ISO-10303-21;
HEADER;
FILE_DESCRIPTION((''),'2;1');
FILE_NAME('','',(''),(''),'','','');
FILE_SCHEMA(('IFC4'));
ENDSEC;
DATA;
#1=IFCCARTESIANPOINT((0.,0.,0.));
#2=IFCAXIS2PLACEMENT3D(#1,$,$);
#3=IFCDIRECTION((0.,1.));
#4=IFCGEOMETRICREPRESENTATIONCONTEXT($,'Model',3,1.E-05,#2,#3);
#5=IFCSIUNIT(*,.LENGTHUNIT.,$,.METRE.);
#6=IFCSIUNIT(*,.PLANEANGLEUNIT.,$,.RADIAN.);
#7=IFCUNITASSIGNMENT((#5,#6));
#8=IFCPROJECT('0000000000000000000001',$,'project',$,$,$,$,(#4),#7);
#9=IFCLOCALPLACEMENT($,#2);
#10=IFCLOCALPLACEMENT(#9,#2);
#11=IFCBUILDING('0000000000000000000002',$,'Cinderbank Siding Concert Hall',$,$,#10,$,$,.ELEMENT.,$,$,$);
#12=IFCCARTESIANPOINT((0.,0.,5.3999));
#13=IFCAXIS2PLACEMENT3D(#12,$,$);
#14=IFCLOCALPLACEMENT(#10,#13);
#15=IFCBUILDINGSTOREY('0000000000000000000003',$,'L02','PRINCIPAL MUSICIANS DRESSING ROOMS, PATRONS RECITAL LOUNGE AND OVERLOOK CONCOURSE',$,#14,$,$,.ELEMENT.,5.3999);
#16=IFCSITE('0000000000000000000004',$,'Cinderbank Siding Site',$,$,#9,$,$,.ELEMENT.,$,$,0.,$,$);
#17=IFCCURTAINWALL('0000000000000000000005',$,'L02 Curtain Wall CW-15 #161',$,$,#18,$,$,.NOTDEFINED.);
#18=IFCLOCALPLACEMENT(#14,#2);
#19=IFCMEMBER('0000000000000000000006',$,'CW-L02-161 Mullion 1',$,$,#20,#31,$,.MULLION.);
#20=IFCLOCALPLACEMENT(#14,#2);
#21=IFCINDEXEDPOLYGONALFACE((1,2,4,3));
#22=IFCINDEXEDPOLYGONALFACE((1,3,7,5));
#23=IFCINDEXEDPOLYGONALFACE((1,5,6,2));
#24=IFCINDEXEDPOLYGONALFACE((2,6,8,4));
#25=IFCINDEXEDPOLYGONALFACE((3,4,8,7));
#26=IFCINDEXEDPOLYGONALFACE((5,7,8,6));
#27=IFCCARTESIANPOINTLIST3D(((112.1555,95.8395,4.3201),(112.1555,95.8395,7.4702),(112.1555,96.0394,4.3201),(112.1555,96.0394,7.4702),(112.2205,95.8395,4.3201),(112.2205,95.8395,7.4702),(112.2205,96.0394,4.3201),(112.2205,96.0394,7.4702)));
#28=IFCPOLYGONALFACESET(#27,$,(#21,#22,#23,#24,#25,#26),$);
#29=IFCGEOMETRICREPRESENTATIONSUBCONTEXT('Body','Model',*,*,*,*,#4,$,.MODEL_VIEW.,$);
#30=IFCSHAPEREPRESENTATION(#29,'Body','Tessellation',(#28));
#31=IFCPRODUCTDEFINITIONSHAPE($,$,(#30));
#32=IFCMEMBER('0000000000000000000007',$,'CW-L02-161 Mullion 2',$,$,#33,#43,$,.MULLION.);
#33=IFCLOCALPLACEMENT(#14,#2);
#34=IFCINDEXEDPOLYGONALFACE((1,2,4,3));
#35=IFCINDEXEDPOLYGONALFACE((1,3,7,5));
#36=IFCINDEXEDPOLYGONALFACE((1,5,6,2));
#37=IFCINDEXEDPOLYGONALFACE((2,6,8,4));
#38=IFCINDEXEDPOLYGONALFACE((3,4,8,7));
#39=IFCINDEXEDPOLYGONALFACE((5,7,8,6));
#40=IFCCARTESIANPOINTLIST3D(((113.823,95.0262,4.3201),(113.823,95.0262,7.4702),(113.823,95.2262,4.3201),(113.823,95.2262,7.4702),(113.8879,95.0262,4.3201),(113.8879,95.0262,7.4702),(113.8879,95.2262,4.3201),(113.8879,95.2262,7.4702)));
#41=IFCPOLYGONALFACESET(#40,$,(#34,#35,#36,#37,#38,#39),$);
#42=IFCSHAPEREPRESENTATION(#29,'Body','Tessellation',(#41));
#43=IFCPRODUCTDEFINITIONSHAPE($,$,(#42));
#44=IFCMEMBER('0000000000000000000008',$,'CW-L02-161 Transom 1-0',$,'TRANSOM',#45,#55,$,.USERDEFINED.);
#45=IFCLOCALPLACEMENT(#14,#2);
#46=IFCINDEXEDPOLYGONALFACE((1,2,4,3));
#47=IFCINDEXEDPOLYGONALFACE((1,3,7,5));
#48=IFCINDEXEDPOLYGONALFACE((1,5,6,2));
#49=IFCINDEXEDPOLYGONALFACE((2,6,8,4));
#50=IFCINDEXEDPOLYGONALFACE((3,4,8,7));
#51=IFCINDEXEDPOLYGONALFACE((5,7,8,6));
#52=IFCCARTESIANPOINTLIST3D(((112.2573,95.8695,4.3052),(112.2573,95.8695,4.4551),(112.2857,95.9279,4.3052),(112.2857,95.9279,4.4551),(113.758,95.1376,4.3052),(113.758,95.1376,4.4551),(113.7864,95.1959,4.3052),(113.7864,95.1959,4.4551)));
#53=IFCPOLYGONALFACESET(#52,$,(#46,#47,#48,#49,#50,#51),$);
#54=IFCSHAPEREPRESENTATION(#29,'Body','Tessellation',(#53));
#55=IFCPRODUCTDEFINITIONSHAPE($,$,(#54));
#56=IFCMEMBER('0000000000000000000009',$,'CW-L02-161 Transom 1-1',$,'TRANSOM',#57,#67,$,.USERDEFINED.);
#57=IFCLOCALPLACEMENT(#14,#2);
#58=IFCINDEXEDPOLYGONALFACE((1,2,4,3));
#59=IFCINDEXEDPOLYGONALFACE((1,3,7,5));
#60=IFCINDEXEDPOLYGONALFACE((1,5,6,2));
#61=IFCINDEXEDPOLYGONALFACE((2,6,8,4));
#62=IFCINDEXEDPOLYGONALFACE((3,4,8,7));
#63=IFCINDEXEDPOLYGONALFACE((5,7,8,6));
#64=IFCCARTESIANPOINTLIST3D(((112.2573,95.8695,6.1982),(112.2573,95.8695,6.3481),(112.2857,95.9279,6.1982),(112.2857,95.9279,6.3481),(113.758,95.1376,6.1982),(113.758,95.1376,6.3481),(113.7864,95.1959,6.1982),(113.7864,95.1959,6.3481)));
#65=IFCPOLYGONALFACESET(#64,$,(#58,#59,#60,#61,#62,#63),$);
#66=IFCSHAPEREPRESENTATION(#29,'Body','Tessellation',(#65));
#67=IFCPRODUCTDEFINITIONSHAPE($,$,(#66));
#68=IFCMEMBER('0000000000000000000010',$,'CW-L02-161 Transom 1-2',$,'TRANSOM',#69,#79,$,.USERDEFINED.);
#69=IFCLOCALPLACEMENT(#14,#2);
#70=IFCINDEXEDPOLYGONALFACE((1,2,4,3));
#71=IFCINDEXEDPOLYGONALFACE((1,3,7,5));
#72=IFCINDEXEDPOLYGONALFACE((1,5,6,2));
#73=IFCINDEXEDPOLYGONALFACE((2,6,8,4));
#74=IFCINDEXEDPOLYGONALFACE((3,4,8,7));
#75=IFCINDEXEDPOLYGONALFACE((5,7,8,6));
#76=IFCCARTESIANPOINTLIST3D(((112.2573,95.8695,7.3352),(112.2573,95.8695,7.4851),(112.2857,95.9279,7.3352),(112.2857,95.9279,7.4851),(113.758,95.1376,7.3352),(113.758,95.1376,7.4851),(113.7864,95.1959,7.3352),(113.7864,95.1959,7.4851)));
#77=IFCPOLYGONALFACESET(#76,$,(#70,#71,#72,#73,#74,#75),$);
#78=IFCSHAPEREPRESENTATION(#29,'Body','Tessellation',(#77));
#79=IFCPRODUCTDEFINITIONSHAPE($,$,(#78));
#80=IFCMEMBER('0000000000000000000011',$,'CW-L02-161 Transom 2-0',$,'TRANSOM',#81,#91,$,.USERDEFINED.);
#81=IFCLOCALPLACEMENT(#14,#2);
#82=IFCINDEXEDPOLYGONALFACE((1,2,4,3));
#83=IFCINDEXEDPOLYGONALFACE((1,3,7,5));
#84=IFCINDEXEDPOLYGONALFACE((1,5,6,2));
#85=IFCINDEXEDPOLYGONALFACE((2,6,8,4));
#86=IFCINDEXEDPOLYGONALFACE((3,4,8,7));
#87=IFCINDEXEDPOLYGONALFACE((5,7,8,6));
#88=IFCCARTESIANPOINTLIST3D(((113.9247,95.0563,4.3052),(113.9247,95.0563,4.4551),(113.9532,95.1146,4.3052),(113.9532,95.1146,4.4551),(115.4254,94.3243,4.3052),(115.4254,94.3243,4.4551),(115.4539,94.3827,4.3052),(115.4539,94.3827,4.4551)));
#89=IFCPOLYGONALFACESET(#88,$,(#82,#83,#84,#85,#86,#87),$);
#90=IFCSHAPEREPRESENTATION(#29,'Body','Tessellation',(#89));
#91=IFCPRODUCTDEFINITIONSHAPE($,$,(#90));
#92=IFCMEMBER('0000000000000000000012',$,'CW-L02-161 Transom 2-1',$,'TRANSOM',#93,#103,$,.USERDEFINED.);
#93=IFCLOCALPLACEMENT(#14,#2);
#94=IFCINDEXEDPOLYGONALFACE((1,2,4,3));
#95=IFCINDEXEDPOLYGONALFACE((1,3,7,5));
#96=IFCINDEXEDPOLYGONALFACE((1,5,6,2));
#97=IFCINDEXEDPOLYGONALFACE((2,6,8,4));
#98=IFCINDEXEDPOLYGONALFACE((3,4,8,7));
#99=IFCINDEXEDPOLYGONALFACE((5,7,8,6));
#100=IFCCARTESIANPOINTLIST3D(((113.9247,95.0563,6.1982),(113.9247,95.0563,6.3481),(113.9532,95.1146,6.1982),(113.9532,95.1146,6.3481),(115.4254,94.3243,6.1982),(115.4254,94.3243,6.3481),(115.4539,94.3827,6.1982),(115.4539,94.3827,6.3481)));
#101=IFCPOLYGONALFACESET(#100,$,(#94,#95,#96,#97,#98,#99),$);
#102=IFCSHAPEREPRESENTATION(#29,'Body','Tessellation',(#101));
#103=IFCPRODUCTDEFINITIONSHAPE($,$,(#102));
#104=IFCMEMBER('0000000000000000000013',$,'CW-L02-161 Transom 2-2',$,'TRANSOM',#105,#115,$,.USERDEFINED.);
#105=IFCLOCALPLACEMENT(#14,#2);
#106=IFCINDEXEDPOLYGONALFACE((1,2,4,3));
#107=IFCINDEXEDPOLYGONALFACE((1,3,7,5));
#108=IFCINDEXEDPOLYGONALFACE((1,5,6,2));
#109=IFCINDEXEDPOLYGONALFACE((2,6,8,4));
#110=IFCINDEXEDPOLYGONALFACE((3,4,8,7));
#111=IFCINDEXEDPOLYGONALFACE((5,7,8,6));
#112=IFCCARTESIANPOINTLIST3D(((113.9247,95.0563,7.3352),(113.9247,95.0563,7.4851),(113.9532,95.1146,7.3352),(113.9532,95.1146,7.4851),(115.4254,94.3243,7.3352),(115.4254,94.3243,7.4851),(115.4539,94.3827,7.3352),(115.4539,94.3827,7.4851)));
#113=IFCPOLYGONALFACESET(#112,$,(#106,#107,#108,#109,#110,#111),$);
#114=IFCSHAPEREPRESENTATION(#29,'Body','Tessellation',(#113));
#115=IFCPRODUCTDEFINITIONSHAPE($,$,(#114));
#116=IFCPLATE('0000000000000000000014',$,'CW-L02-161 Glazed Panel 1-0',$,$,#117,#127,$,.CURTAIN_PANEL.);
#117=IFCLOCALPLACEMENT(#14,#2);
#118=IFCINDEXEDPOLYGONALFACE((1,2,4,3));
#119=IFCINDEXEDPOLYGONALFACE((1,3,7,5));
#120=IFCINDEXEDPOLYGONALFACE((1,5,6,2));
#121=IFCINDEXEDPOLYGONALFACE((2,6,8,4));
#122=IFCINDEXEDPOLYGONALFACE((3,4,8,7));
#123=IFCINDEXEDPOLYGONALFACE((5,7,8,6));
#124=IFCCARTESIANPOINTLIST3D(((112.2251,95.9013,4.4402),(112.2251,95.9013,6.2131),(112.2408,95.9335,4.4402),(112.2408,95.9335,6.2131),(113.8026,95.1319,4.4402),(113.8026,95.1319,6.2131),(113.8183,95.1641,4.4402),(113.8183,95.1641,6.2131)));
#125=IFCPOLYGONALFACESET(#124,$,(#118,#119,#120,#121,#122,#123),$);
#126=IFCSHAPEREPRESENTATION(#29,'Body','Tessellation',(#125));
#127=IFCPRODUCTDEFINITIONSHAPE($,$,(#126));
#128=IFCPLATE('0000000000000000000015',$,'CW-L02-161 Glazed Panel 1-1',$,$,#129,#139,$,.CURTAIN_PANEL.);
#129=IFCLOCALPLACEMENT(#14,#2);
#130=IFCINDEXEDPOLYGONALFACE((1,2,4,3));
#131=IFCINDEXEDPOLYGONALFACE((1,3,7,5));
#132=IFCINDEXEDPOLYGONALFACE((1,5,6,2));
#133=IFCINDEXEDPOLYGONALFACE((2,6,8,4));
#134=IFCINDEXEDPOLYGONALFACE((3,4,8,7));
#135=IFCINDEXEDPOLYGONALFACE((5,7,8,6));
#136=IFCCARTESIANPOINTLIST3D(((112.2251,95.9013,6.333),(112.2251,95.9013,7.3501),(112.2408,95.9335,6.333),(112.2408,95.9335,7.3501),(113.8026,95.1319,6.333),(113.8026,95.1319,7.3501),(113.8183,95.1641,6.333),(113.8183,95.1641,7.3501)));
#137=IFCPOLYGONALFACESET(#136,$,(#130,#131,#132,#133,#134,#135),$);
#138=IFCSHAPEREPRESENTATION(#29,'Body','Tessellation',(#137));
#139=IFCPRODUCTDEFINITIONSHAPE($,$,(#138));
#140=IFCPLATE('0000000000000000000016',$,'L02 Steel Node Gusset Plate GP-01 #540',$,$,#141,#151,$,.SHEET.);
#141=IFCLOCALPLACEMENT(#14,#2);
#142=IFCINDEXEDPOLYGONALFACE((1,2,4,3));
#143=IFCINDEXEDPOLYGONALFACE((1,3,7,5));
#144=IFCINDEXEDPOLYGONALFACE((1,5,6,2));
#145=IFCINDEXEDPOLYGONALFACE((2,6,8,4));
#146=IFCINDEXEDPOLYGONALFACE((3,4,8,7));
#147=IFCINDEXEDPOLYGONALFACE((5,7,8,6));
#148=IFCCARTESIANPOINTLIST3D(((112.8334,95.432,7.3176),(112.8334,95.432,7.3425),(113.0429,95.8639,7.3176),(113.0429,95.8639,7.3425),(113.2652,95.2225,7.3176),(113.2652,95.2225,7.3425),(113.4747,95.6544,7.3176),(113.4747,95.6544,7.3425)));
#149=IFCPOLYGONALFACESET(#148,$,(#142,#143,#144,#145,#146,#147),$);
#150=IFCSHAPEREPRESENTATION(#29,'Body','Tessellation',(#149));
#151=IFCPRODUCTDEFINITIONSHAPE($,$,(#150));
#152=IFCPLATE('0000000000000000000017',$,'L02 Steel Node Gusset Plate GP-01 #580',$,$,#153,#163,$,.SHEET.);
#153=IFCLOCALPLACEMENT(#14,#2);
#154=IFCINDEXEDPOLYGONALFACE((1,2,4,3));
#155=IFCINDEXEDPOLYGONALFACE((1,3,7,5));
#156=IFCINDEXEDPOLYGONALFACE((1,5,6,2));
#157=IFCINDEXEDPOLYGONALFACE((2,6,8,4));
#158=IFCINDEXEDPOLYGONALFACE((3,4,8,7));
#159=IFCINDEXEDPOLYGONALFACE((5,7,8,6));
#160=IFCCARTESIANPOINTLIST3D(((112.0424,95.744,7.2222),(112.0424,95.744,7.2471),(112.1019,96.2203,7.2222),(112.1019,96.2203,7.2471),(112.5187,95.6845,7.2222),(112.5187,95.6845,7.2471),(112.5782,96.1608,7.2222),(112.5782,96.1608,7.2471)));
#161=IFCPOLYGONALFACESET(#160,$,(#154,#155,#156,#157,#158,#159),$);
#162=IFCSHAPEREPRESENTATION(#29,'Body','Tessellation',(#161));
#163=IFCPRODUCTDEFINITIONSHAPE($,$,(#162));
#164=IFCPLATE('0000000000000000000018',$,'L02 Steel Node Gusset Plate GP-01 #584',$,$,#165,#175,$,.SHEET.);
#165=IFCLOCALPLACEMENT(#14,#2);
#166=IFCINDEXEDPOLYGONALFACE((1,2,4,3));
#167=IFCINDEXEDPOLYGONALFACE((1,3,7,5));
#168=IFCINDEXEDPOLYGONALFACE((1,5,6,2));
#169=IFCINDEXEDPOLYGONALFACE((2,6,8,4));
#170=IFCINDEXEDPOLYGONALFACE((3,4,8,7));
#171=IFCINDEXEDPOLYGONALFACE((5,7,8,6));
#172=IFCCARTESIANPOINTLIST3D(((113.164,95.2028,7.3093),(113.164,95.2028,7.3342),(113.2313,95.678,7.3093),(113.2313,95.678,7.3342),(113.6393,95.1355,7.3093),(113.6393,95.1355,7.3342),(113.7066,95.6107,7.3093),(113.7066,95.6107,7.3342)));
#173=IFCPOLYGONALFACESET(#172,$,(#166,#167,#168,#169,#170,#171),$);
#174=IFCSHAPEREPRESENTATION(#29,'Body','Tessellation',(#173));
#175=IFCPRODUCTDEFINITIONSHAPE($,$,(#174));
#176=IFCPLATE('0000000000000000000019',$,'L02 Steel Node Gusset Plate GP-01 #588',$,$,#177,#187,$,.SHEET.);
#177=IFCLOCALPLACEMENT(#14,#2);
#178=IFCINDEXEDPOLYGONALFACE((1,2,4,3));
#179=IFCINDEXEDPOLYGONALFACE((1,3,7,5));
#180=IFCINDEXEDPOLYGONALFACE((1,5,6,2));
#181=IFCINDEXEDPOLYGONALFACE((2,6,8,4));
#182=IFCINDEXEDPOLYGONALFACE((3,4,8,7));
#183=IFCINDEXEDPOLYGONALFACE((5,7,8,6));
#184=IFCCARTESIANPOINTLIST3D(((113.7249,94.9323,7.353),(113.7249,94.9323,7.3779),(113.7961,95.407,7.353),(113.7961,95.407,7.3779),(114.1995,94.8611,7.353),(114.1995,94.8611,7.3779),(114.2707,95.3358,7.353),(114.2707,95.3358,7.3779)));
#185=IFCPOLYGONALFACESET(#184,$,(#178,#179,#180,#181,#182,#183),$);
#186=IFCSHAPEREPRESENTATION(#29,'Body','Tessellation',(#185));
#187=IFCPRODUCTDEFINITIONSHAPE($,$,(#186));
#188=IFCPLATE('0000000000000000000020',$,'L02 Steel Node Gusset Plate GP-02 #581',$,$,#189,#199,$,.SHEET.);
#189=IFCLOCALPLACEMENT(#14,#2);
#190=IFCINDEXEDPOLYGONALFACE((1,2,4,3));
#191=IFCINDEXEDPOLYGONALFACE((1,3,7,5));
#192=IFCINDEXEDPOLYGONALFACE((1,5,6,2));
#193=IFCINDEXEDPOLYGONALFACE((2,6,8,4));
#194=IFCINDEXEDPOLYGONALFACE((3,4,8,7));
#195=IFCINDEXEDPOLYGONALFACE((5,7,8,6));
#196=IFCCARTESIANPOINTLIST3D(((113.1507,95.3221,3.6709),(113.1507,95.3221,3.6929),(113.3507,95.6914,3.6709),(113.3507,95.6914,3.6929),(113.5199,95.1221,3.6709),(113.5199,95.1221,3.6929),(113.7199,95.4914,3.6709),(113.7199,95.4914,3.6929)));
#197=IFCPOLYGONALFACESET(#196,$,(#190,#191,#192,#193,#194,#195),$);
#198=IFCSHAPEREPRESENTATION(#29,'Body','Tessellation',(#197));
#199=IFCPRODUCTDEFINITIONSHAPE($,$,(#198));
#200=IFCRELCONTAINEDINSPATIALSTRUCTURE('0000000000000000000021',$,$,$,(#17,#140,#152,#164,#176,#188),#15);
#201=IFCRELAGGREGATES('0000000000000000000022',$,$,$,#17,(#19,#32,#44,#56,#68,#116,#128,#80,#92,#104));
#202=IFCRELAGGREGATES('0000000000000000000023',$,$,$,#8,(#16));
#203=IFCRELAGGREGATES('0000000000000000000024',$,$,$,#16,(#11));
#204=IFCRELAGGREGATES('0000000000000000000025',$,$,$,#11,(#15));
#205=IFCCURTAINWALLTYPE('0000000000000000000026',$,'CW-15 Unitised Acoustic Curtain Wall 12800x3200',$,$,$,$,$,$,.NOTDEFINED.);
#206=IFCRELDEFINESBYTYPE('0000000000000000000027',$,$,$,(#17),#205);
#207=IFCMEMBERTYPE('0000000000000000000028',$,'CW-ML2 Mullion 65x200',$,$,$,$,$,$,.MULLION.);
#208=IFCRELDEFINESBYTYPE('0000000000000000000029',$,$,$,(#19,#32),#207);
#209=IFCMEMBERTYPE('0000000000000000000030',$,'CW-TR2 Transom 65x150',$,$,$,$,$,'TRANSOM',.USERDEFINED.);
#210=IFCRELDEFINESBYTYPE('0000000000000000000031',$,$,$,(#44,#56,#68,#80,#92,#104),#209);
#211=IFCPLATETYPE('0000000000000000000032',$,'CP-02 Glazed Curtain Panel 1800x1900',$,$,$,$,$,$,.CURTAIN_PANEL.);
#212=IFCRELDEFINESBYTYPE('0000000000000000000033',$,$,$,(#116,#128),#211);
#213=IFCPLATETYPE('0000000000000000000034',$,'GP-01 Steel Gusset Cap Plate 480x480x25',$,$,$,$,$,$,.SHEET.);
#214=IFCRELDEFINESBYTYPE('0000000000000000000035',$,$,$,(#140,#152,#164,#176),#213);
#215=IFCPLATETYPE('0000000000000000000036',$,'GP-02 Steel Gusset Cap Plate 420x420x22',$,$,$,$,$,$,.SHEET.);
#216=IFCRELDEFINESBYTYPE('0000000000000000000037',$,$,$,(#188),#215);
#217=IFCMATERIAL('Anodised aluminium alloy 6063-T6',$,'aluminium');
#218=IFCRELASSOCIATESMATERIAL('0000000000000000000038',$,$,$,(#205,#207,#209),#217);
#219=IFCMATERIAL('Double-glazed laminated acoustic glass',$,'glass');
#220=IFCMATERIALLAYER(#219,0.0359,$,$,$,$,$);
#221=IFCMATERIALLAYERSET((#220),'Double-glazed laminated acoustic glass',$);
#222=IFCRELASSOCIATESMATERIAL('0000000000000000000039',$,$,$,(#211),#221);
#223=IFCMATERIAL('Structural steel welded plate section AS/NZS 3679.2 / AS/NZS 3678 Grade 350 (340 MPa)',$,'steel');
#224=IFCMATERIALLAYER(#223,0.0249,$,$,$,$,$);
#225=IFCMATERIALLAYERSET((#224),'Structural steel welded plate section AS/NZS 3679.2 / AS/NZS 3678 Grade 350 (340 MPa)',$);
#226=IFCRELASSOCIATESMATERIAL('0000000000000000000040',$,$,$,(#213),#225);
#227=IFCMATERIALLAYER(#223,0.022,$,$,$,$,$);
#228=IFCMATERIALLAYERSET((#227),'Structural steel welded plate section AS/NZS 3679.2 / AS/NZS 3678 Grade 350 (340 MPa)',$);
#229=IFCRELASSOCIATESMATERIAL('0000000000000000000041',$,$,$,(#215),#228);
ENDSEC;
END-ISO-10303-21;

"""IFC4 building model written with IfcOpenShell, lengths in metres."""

from ifc_helpers import new_model, si_unit, direction, frame, origin, origin_2d, place, context, subcontext, project, spatial, rectangle, extrude, material, layer, layer_set, material_profile, profile_set, type_object, element, aggregate, save


model = new_model("IFC4")

# Units and contexts
model_context = context("Model", 3, precision=1e-05, world=origin(), true_north=direction((0.0, 1.0)))
body_context = subcontext(model_context, "Body", "Model", "MODEL_VIEW")
ifc_project = project(units=[si_unit("LENGTHUNIT", "METRE"), si_unit("PLANEANGLEUNIT", "RADIAN")], contexts=[model_context])

# Site, building, storey
site_placement = place(None, origin())
site = spatial("IfcSite", under=ifc_project, at=site_placement, Name="Cinderbank Siding Site", CompositionType="ELEMENT", RefElevation=0.0)
building_placement = place(site_placement, origin())
building = spatial("IfcBuilding", under=site, at=building_placement, Name="Cinderbank Siding Concert Hall", CompositionType="ELEMENT")
storey_placement = place(building_placement, frame((0.0, 0.0, 5.3999)))
storey = spatial("IfcBuildingStorey", under=building, at=storey_placement, Name="L02", Description="PRINCIPAL MUSICIANS DRESSING ROOMS, PATRONS RECITAL LOUNGE AND OVERLOOK CONCOURSE", CompositionType="ELEMENT", Elevation=5.3999)

# Curtain wall, members, plates
ifc_material_1 = material(Name="Anodised aluminium alloy 6063-T6", Category="aluminium")
curtain_wall_type = type_object("IfcCurtainWallType", Name="CW-15 Unitised Acoustic Curtain Wall 12800x3200", PredefinedType="NOTDEFINED", material=ifc_material_1)
curtain_wall_placement = place(storey_placement, origin())
curtain_wall = element("IfcCurtainWall", 1, at=curtain_wall_placement, inside=storey, type_object=curtain_wall_type, Name="L02 Curtain Wall CW-15 #161", PredefinedType="NOTDEFINED")
ifc_material_profile_1 = material_profile(ifc_material_1, rectangle(XDim=0.0649, YDim=0.2, at=origin_2d()), Name="ALU-MULL-65x200", Category="LoadBearing")
ifc_profile_set_1 = profile_set([ifc_material_profile_1], Name="Anodised aluminium alloy 6063-T6")
member_type_1 = type_object("IfcMemberType", Name="CW-ML2 Mullion 65x200", PredefinedType="MULLION", material=ifc_profile_set_1)
member_1_placement = place(storey_placement, frame((112.188, 95.9395, 4.3201), z_axis=(0.0, 0.0, 1.0), x_axis=(1.0, 0.0, 0.0)))
member_1 = element("IfcMember", 2, at=member_1_placement, type_object=member_type_1, Name="CW-L02-161 Mullion 1", PredefinedType="MULLION", context=body_context, shape_type="SweptSolid", body=[
    extrude(rectangle(XDim=0.0649, YDim=0.2, at=origin_2d()), origin(), (0.0, 0.0, 1.0), 3.1501),
])
member_2_placement = place(storey_placement, frame((113.8555, 95.1262, 4.3201), z_axis=(0.0, 0.0, 1.0), x_axis=(1.0, 0.0, 0.0)))
member_2 = element("IfcMember", 3, at=member_2_placement, type_object=member_type_1, Name="CW-L02-161 Mullion 2", PredefinedType="MULLION", context=body_context, shape_type="SweptSolid", body=[
    extrude(rectangle(XDim=0.0649, YDim=0.2, at=origin_2d()), origin(), (0.0, 0.0, 1.0), 3.1501),
])
ifc_material_profile_2 = material_profile(ifc_material_1, rectangle(XDim=0.0649, YDim=0.1499, at=origin_2d()), Name="ALU-TRAN-65x150", Category="LoadBearing")
ifc_profile_set_2 = profile_set([ifc_material_profile_2], Name="Anodised aluminium alloy 6063-T6")
member_type_2 = type_object("IfcMemberType", Name="CW-TR2 Transom 65x150", ElementType="TRANSOM", PredefinedType="USERDEFINED", material=ifc_profile_set_2)
member_3_placement = place(storey_placement, frame((112.2715, 95.8987, 4.3801), z_axis=(0.898799, -0.43836, 0.0), x_axis=(0.43836, 0.898799, 0.0)))
member_3 = element("IfcMember", 4, at=member_3_placement, type_object=member_type_2, Name="CW-L02-161 Transom 1-0", ObjectType="TRANSOM", PredefinedType="USERDEFINED", context=body_context, shape_type="SweptSolid", body=[
    extrude(rectangle(XDim=0.0649, YDim=0.1499, at=origin_2d()), origin(), (0.0, 0.0, 1.0), 1.6697),
])
member_4_placement = place(storey_placement, frame((112.2715, 95.8987, 6.2732), z_axis=(0.898799, -0.43836, 0.0), x_axis=(0.43836, 0.898799, 0.0)))
member_4 = element("IfcMember", 5, at=member_4_placement, type_object=member_type_2, Name="CW-L02-161 Transom 1-1", ObjectType="TRANSOM", PredefinedType="USERDEFINED", context=body_context, shape_type="SweptSolid", body=[
    extrude(rectangle(XDim=0.0649, YDim=0.1499, at=origin_2d()), origin(), (0.0, 0.0, 1.0), 1.6697),
])
member_5_placement = place(storey_placement, frame((112.2715, 95.8987, 7.4102), z_axis=(0.898799, -0.43836, 0.0), x_axis=(0.43836, 0.898799, 0.0)))
member_5 = element("IfcMember", 6, at=member_5_placement, type_object=member_type_2, Name="CW-L02-161 Transom 1-2", ObjectType="TRANSOM", PredefinedType="USERDEFINED", context=body_context, shape_type="SweptSolid", body=[
    extrude(rectangle(XDim=0.0649, YDim=0.1499, at=origin_2d()), origin(), (0.0, 0.0, 1.0), 1.6697),
])
member_6_placement = place(storey_placement, frame((113.939, 95.0854, 4.3801), z_axis=(0.898799, -0.43836, 0.0), x_axis=(0.43836, 0.898799, 0.0)))
member_6 = element("IfcMember", 7, at=member_6_placement, type_object=member_type_2, Name="CW-L02-161 Transom 2-0", ObjectType="TRANSOM", PredefinedType="USERDEFINED", context=body_context, shape_type="SweptSolid", body=[
    extrude(rectangle(XDim=0.0649, YDim=0.1499, at=origin_2d()), origin(), (0.0, 0.0, 1.0), 1.6697),
])
member_7_placement = place(storey_placement, frame((113.939, 95.0854, 6.2732), z_axis=(0.898799, -0.43836, 0.0), x_axis=(0.43836, 0.898799, 0.0)))
member_7 = element("IfcMember", 8, at=member_7_placement, type_object=member_type_2, Name="CW-L02-161 Transom 2-1", ObjectType="TRANSOM", PredefinedType="USERDEFINED", context=body_context, shape_type="SweptSolid", body=[
    extrude(rectangle(XDim=0.0649, YDim=0.1499, at=origin_2d()), origin(), (0.0, 0.0, 1.0), 1.6697),
])
member_8_placement = place(storey_placement, frame((113.939, 95.0854, 7.4102), z_axis=(0.898799, -0.43836, 0.0), x_axis=(0.43836, 0.898799, 0.0)))
member_8 = element("IfcMember", 9, at=member_8_placement, type_object=member_type_2, Name="CW-L02-161 Transom 2-2", ObjectType="TRANSOM", PredefinedType="USERDEFINED", context=body_context, shape_type="SweptSolid", body=[
    extrude(rectangle(XDim=0.0649, YDim=0.1499, at=origin_2d()), origin(), (0.0, 0.0, 1.0), 1.6697),
])
ifc_material_2 = material(Name="Double-glazed laminated acoustic glass", Category="glass")
ifc_layer_1 = layer(ifc_material_2, 0.0359)
ifc_layer_set_1 = layer_set([ifc_layer_1], Name="Double-glazed laminated acoustic glass")
plate_type_1 = type_object("IfcPlateType", Name="CP-02 Glazed Curtain Panel 1800x1900", PredefinedType="CURTAIN_PANEL", material=ifc_layer_set_1)
plate_1_placement = place(storey_placement, frame((113.0217, 95.5327, 4.4402), z_axis=(0.0, 0.0, 1.0), x_axis=(0.898794, -0.43837, 0.0)))
plate_1 = element("IfcPlate", 10, at=plate_1_placement, type_object=plate_type_1, Name="CW-L02-161 Glazed Panel 1-0", PredefinedType="CURTAIN_PANEL", context=body_context, shape_type="SweptSolid", body=[
    extrude(rectangle(XDim=1.7551, YDim=0.0359, at=origin_2d()), origin(), (0.0, 0.0, 1.0), 1.7729),
])
plate_2_placement = place(storey_placement, frame((113.0217, 95.5327, 6.333), z_axis=(0.0, 0.0, 1.0), x_axis=(0.898794, -0.43837, 0.0)))
plate_2 = element("IfcPlate", 11, at=plate_2_placement, type_object=plate_type_1, Name="CW-L02-161 Glazed Panel 1-1", PredefinedType="CURTAIN_PANEL", context=body_context, shape_type="SweptSolid", body=[
    extrude(rectangle(XDim=1.7551, YDim=0.0359, at=origin_2d()), origin(), (0.0, 0.0, 1.0), 1.0171),
])
aggregate(curtain_wall, [member_1, member_2, member_3, member_4, member_5, plate_1, plate_2, member_6, member_7, member_8])

# Plates
ifc_material_3 = material(Name="Structural steel welded plate section AS/NZS 3679.2 / AS/NZS 3678 Grade 350 (340 MPa)", Category="steel")
ifc_layer_2 = layer(ifc_material_3, 0.0249)
ifc_layer_set_2 = layer_set([ifc_layer_2], Name="Structural steel welded plate section AS/NZS 3679.2 / AS/NZS 3678 Grade 350 (340 MPa)")
plate_type_2 = type_object("IfcPlateType", Name="GP-01 Steel Gusset Cap Plate 480x480x25", PredefinedType="SHEET", material=ifc_layer_set_2)
for number, where, z_axis, x_axis, name in (
    (12, (113.1541, 95.5432, 7.3176), (0.0, 0.0, 1.0), (0.89971, -0.436488, 0.0), "L02 Steel Node Gusset Plate GP-01 #540"),
    (13, (112.3103, 95.9524, 7.2222), (0.0, 0.0, 1.0), (-0.123948, -0.992289, 0.0), "L02 Steel Node Gusset Plate GP-01 #580"),
    (14, (113.4353, 95.4067, 7.3093), (0.0, 0.0, 1.0), (-0.14021, -0.990122, 0.0), "L02 Steel Node Gusset Plate GP-01 #584"),
    (15, (113.9978, 95.134, 7.353), (0.0, 0.0, 1.0), (-0.148327, -0.988938, 0.0), "L02 Steel Node Gusset Plate GP-01 #588"),
):
    element("IfcPlate", number, at=place(storey_placement, frame(where, z_axis=z_axis, x_axis=x_axis)), inside=storey, type_object=plate_type_2, Name=name, PredefinedType="SHEET", context=body_context, shape_type="SweptSolid", body=[
        extrude(rectangle(XDim=0.48, YDim=0.48, at=origin_2d()), origin(), (0.0, 0.0, 1.0), 0.0249),
    ])
ifc_layer_3 = layer(ifc_material_3, 0.022)
ifc_layer_set_3 = layer_set([ifc_layer_3], Name="Structural steel welded plate section AS/NZS 3679.2 / AS/NZS 3678 Grade 350 (340 MPa)")
plate_type_3 = type_object("IfcPlateType", Name="GP-02 Steel Gusset Cap Plate 420x420x22", PredefinedType="SHEET", material=ifc_layer_set_3)
plate_3_placement = place(storey_placement, frame((113.4353, 95.4067, 3.6709), z_axis=(0.0, 0.0, 1.0), x_axis=(0.476238, 0.879316, 0.0)))
element("IfcPlate", 16, at=plate_3_placement, inside=storey, type_object=plate_type_3, Name="L02 Steel Node Gusset Plate GP-02 #581", PredefinedType="SHEET", context=body_context, shape_type="SweptSolid", body=[
    extrude(rectangle(XDim=0.4199, YDim=0.4199, at=origin_2d()), origin(), (0.0, 0.0, 1.0), 0.022),
])

save(model, "model.ifc")
